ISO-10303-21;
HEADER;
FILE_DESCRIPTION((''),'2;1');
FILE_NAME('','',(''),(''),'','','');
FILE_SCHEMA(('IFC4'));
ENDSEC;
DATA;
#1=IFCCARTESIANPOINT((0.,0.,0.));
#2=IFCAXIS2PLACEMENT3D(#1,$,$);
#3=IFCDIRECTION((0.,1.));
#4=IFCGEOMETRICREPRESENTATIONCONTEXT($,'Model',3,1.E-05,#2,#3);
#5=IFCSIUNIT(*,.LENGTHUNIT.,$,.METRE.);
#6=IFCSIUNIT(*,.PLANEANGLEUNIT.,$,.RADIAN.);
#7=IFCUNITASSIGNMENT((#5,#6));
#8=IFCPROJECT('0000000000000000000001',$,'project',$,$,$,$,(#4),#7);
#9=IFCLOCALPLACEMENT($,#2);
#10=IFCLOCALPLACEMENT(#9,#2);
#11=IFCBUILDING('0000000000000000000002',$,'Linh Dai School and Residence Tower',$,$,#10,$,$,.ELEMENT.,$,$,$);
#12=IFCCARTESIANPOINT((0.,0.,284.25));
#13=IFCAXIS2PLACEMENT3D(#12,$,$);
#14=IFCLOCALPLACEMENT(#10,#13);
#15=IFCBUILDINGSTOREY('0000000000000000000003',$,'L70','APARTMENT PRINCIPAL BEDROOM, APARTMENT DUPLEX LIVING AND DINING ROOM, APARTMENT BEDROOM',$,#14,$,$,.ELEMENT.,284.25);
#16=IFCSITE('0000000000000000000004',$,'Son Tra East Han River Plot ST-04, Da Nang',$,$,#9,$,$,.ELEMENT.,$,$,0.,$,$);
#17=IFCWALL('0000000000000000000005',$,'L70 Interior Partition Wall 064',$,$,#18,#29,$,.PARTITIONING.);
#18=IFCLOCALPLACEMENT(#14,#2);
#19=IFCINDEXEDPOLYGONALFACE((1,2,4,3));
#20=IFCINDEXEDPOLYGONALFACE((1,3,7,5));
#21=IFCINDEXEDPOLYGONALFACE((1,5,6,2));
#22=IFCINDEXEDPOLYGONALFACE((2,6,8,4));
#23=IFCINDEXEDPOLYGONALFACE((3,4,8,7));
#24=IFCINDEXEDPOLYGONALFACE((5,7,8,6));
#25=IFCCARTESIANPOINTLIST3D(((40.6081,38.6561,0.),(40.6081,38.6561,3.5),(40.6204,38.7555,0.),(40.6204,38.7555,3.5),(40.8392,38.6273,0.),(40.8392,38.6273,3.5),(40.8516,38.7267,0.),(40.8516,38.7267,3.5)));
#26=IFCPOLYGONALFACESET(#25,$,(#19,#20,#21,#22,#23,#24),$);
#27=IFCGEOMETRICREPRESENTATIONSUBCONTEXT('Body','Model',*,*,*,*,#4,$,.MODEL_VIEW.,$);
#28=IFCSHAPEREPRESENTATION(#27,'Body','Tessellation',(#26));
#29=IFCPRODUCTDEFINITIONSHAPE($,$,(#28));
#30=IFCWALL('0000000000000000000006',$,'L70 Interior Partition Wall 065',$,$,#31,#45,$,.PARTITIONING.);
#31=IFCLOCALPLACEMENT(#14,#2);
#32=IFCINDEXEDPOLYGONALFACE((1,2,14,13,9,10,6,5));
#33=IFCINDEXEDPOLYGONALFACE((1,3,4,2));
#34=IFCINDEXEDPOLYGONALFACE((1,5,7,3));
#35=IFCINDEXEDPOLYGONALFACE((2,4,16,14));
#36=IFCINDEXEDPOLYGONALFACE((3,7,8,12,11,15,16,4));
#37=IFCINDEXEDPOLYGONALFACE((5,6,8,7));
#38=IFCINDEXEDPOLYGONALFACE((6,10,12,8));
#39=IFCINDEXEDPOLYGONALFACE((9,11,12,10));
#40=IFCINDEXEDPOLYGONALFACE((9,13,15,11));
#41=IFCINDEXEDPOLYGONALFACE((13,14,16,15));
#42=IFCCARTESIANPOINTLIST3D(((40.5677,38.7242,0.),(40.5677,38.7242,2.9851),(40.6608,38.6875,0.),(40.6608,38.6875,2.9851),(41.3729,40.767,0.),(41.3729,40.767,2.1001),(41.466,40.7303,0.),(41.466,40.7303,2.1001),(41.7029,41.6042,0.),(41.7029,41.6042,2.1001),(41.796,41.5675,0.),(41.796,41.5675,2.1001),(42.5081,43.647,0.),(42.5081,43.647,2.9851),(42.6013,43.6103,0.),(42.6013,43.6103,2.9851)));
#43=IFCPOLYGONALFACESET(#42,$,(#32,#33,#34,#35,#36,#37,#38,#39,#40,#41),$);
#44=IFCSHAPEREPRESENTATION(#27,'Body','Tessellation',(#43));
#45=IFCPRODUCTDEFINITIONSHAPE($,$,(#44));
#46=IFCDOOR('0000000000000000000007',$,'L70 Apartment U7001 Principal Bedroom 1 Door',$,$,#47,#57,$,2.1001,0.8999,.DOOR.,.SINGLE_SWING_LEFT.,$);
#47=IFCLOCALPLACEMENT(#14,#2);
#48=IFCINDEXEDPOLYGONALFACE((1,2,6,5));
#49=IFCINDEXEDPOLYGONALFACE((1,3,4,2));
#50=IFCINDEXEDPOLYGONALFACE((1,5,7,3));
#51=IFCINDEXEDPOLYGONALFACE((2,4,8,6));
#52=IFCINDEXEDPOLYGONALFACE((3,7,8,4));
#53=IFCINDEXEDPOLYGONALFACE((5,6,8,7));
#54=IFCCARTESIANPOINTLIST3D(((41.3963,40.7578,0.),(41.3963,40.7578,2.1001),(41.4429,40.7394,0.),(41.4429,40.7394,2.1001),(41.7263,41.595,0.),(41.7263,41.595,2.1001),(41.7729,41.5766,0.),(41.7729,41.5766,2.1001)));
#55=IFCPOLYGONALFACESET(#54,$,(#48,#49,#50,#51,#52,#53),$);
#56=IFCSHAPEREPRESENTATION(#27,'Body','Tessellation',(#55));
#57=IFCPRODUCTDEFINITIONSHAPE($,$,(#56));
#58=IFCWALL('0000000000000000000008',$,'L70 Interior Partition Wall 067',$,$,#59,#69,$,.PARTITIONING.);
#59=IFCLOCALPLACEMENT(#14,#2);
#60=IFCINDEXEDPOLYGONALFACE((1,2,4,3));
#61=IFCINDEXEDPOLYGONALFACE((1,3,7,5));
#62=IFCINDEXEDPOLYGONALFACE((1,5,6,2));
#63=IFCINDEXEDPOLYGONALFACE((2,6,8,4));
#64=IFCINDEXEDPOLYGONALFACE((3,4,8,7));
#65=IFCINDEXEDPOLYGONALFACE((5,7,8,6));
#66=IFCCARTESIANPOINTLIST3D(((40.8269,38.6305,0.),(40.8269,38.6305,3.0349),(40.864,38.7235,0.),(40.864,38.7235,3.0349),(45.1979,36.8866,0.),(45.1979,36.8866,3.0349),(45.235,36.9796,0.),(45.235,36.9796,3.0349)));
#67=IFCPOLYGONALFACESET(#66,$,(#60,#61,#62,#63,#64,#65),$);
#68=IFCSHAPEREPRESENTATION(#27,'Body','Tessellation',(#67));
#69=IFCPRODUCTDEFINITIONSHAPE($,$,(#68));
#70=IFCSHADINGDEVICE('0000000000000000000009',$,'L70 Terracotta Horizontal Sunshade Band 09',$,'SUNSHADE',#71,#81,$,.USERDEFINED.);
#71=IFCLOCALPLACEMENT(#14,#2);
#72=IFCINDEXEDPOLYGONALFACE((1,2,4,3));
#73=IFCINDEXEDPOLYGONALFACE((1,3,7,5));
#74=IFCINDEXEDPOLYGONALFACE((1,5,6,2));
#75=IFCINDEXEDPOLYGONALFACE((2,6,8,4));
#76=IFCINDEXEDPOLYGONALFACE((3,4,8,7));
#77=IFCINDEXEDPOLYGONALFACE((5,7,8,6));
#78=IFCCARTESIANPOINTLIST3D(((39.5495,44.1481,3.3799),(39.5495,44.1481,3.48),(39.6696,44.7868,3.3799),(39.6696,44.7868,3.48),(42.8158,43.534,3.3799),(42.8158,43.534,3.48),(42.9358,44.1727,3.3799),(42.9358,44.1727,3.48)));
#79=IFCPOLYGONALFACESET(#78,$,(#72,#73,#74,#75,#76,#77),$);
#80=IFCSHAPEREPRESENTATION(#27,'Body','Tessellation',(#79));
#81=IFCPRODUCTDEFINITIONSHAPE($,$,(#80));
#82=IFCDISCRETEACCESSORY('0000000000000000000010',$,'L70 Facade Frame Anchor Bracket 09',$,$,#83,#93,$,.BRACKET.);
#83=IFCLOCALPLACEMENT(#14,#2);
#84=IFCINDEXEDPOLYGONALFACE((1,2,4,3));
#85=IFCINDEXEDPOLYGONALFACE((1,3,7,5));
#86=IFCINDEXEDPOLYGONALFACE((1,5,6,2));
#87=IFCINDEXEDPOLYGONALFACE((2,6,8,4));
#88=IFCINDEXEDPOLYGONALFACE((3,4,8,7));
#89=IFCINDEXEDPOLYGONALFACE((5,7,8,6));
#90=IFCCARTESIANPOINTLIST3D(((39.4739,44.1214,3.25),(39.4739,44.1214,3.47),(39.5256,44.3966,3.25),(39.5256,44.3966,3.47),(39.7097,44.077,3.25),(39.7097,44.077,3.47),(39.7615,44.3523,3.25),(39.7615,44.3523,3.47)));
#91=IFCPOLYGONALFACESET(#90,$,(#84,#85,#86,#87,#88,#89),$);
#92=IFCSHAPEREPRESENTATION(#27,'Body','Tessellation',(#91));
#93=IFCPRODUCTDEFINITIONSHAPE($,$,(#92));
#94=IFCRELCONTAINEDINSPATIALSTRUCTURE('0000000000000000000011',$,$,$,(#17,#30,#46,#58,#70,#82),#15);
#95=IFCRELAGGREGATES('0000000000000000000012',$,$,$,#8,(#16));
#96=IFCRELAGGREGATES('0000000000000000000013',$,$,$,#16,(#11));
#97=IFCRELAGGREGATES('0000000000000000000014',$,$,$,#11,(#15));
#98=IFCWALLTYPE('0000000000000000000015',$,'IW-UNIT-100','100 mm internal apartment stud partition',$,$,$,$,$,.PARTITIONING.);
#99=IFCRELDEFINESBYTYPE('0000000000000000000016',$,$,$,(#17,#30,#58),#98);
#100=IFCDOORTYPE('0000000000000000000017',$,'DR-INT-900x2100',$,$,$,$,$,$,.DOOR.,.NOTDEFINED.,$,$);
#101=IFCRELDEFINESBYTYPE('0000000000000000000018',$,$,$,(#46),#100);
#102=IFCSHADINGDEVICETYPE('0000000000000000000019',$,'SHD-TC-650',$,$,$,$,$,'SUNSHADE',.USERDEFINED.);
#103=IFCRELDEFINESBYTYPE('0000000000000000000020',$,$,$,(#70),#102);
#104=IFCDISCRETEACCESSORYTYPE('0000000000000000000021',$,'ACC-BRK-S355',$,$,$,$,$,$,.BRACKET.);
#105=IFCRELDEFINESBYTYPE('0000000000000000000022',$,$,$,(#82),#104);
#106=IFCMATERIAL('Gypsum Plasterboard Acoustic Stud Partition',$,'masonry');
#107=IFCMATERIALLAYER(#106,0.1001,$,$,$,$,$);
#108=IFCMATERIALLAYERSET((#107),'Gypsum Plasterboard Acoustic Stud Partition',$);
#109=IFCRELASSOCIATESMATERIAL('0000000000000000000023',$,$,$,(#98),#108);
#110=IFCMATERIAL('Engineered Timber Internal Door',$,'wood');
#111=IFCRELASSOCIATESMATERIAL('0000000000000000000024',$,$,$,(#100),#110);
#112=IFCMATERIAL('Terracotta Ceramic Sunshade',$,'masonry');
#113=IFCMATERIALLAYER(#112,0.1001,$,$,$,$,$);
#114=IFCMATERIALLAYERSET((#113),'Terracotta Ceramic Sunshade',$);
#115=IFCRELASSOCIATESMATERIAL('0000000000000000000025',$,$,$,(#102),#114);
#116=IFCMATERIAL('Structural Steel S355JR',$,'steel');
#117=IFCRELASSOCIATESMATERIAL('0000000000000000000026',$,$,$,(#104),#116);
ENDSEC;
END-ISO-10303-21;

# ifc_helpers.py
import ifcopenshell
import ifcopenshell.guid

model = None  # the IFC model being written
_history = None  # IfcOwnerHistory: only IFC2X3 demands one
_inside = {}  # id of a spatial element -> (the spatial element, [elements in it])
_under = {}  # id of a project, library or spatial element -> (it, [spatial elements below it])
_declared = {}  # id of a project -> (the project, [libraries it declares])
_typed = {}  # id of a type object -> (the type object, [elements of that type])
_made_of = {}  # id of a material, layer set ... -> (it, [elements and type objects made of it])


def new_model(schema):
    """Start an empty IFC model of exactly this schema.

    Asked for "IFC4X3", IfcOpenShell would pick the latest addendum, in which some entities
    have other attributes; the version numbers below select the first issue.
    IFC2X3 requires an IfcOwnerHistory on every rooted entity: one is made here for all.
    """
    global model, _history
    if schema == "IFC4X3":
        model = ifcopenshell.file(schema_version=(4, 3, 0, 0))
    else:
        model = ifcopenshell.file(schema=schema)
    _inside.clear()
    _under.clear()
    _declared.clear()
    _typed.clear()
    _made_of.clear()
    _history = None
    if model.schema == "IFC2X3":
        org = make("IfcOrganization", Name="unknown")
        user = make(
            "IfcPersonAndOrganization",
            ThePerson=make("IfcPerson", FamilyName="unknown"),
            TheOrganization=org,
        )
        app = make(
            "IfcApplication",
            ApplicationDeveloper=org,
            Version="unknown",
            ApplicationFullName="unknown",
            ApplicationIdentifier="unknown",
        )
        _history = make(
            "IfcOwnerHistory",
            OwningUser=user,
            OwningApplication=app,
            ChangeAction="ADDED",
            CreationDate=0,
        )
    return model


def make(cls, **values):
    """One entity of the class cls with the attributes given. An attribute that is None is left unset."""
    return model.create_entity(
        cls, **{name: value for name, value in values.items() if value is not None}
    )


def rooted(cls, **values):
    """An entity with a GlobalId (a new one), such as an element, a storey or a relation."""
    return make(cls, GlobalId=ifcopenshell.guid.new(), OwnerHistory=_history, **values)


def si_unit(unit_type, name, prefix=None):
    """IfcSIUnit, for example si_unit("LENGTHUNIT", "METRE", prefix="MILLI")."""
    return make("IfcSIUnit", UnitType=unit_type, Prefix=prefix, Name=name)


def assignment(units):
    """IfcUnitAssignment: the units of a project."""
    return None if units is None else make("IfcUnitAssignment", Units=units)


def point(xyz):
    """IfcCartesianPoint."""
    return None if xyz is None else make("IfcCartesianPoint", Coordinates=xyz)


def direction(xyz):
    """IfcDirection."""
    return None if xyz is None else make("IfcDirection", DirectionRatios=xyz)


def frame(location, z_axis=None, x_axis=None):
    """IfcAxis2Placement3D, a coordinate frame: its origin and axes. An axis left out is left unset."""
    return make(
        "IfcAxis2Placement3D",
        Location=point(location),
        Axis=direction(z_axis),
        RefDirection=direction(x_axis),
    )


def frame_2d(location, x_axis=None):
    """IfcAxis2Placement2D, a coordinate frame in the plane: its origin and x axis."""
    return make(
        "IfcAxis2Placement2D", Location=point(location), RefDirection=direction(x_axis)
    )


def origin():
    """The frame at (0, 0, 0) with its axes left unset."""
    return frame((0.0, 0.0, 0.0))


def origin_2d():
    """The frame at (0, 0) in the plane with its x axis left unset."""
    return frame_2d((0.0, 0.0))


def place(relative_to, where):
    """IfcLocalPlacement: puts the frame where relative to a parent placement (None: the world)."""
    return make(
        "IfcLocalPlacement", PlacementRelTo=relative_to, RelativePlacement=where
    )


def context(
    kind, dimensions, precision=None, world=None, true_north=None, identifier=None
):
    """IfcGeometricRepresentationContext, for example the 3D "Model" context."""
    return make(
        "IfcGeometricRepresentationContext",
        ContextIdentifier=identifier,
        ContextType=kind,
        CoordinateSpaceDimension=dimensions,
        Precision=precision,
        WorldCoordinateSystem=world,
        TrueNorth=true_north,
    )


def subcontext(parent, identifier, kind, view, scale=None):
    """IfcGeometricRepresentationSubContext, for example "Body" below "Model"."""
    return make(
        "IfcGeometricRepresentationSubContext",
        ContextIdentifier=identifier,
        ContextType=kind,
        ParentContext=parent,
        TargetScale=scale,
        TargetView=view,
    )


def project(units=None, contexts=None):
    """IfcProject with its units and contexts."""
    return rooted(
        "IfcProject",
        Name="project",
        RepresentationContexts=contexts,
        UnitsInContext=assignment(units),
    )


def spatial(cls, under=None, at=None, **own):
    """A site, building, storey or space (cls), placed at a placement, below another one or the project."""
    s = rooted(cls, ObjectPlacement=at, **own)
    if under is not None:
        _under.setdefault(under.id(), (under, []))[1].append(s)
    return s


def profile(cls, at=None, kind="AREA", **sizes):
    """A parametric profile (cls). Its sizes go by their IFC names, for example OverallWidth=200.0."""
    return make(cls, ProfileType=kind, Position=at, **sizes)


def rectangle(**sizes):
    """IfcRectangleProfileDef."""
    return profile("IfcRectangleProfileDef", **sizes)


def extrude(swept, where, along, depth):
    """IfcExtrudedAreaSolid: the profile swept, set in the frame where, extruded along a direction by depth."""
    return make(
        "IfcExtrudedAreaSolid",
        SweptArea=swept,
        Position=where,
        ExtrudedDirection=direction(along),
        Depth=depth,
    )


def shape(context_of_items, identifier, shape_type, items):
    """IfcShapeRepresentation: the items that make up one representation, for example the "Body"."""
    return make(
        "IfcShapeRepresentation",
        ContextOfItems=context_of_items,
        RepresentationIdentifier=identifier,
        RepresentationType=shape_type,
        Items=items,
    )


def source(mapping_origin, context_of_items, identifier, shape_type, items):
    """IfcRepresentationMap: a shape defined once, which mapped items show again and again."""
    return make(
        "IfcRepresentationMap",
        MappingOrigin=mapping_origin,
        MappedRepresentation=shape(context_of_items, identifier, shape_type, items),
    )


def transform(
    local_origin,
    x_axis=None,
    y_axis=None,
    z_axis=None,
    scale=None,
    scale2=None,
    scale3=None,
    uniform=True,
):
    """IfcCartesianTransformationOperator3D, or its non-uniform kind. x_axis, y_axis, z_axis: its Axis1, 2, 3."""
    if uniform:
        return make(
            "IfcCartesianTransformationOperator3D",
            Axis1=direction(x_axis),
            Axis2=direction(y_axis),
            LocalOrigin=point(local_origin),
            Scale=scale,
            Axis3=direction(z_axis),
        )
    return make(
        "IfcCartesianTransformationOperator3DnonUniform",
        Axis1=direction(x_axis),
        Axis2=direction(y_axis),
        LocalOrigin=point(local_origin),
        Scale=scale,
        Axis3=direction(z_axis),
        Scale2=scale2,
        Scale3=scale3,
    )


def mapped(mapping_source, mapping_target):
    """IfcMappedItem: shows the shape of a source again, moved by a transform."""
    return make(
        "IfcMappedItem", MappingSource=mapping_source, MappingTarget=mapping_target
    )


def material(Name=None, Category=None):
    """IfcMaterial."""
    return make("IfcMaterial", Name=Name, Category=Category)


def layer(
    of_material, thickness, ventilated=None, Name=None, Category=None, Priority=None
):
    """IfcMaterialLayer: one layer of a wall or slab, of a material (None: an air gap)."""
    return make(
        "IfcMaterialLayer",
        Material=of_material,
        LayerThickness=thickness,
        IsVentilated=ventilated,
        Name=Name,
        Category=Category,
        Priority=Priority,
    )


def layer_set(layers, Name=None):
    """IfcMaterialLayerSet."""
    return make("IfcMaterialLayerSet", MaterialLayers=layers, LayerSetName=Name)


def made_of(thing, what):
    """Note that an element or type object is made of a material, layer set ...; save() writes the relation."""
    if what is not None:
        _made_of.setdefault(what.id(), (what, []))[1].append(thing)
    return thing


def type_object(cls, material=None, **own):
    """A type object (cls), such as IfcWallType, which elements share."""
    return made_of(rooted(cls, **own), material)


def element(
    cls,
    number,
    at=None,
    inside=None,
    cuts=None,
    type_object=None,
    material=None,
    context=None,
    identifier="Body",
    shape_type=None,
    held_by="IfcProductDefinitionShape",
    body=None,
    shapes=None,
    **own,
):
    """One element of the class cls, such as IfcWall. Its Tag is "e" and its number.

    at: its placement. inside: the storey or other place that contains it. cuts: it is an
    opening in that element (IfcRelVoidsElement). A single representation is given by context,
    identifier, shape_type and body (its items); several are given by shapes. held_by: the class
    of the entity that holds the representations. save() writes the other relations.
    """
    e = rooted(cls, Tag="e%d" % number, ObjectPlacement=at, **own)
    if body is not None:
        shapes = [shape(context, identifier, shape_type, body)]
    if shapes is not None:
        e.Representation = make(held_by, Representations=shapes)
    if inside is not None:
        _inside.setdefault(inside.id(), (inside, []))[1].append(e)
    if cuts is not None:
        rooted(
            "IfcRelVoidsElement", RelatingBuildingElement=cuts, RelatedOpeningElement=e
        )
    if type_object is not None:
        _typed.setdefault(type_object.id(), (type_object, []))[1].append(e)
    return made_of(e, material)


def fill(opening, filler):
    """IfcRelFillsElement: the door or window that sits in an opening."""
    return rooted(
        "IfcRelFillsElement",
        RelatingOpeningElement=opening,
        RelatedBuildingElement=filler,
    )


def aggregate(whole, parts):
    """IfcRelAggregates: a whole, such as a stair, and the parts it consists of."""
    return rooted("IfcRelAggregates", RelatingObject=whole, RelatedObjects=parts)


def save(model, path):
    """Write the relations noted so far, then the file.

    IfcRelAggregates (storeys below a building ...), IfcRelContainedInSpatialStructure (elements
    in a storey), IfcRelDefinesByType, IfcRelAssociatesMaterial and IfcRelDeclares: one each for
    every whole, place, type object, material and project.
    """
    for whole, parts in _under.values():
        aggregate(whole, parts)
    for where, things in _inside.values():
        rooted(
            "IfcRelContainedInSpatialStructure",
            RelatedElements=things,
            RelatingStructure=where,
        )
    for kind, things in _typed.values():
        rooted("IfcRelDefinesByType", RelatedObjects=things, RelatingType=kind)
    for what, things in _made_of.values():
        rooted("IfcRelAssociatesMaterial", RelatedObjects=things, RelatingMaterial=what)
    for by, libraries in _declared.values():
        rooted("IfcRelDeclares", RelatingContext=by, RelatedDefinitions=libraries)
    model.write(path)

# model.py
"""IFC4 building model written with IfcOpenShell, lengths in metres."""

from ifc_helpers import new_model, si_unit, direction, frame, frame_2d, origin, origin_2d, place, context, subcontext, project, spatial, rectangle, extrude, source, transform, mapped, material, layer, layer_set, type_object, element, fill, save


model = new_model("IFC4")

# Units and contexts
model_context = context("Model", 3, precision=1e-05, world=origin(), true_north=direction((0.0, 1.0)))
body_context = subcontext(model_context, "Body", "Model", "MODEL_VIEW")
ifc_project = project(units=[si_unit("LENGTHUNIT", "METRE"), si_unit("PLANEANGLEUNIT", "RADIAN")], contexts=[model_context])

# Site, building, storey
site_placement = place(None, origin())
site = spatial("IfcSite", under=ifc_project, at=site_placement, Name="Son Tra East Han River Plot ST-04, Da Nang", CompositionType="ELEMENT", RefElevation=0.0)
building_placement = place(site_placement, origin())
building = spatial("IfcBuilding", under=site, at=building_placement, Name="Linh Dai School and Residence Tower", CompositionType="ELEMENT")
storey_placement = place(building_placement, frame((0.0, 0.0, 284.25)))
storey = spatial("IfcBuildingStorey", under=building, at=storey_placement, Name="L70", Description="APARTMENT PRINCIPAL BEDROOM, APARTMENT DUPLEX LIVING AND DINING ROOM, APARTMENT BEDROOM", CompositionType="ELEMENT", Elevation=284.25)

# Shared definitions
ifc_material_1 = material(Name="Structural Steel S355JR", Category="steel")

# Wall
ifc_material_2 = material(Name="Gypsum Plasterboard Acoustic Stud Partition", Category="masonry")
ifc_layer_1 = layer(ifc_material_2, 0.1001)
ifc_layer_set_1 = layer_set([ifc_layer_1], Name="Gypsum Plasterboard Acoustic Stud Partition")
wall_type_1 = type_object("IfcWallType", Name="IW-UNIT-100", Description="100 mm internal apartment stud partition", PredefinedType="PARTITIONING", material=ifc_layer_set_1)
wall_1_placement = place(storey_placement, frame((40.6143, 38.7058, 0.0), z_axis=(0.0, 0.0, 1.0), x_axis=(0.992326, -0.123648, 0.0)))
element("IfcWall", 1, at=wall_1_placement, inside=storey, type_object=wall_type_1, Name="L70 Interior Partition Wall 064", PredefinedType="PARTITIONING", context=body_context, shape_type="SweptSolid", body=[
    extrude(rectangle(XDim=0.2329, YDim=0.1001, at=frame_2d((0.1165, 0.0))), origin(), (0.0, 0.0, 1.0), 3.5),
])

# Wall, opening, door
wall_2_placement = place(storey_placement, frame((40.6143, 38.7058, 0.0), z_axis=(0.0, 0.0, 1.0), x_axis=(0.366708, 0.930336, 0.0)))
wall_2 = element("IfcWall", 2, at=wall_2_placement, inside=storey, type_object=wall_type_1, Name="L70 Interior Partition Wall 065", PredefinedType="PARTITIONING", context=body_context, shape_type="SweptSolid", body=[
    extrude(rectangle(XDim=5.2915, YDim=0.1001, at=frame_2d((2.6458, 0.0))), origin(), (0.0, 0.0, 1.0), 2.9851),
])
opening_1_placement = place(wall_2_placement, frame((2.1958, 0.0, 0.0)))
opening_1 = element("IfcOpeningElement", 3, at=opening_1_placement, cuts=wall_2, PredefinedType="OPENING", context=body_context, shape_type="SweptSolid", body=[
    extrude(rectangle(XDim=0.8999, YDim=2.1001, at=origin_2d()), frame((0.45, 0.0601, 1.05), z_axis=(0.0, -1.0, 0.0), x_axis=(1.0, 0.0, 0.0)), (0.0, 0.0, 1.0), 0.1201),
])
ifc_material_3 = material(Name="Engineered Timber Internal Door", Category="wood")
door_type_1 = type_object("IfcDoorType", Name="DR-INT-900x2100", OperationType="NOTDEFINED", PredefinedType="DOOR", material=ifc_material_3)
shared_shape_1 = source(origin(), body_context, "Body", "SweptSolid", [
    extrude(rectangle(XDim=0.8999, YDim=2.1001, at=origin_2d()), frame((0.45, 0.0249, 1.05), z_axis=(0.0, -1.0, 0.0), x_axis=(1.0, 0.0, 0.0)), (0.0, 0.0, 1.0), 0.05),
])
door_1_placement = place(opening_1_placement, origin())
door_1 = element("IfcDoor", 4, at=door_1_placement, inside=storey, type_object=door_type_1, Name="L70 Apartment U7001 Principal Bedroom 1 Door", OperationType="SINGLE_SWING_LEFT", OverallHeight=2.1001, OverallWidth=0.8999, PredefinedType="DOOR", context=body_context, shape_type="MappedRepresentation", body=[
    mapped(shared_shape_1, transform((0.0, 0.0, 0.0), x_axis=(1.0, 0.0, 0.0), y_axis=(0.0, 1.0, 0.0), z_axis=(0.0, 0.0, 1.0), scale=1.0)),
])
fill(opening_1, door_1)

# Wall
wall_3_placement = place(storey_placement, frame((40.8455, 38.677, 0.0), z_axis=(0.0, 0.0, 1.0), x_axis=(0.928809, -0.370559, 0.0)))
element("IfcWall", 5, at=wall_3_placement, inside=storey, type_object=wall_type_1, Name="L70 Interior Partition Wall 067", PredefinedType="PARTITIONING", context=body_context, shape_type="SweptSolid", body=[
    extrude(rectangle(XDim=4.7061, YDim=0.1001, at=frame_2d((2.353, 0.0))), origin(), (0.0, 0.0, 1.0), 3.0349),
])

# Shading device
ifc_material_4 = material(Name="Terracotta Ceramic Sunshade", Category="masonry")
ifc_layer_2 = layer(ifc_material_4, 0.1001)
ifc_layer_set_2 = layer_set([ifc_layer_2], Name="Terracotta Ceramic Sunshade")
shading_device_type = type_object("IfcShadingDeviceType", Name="SHD-TC-650", ElementType="SUNSHADE", PredefinedType="USERDEFINED", material=ifc_layer_set_2)
shared_shape_2 = source(origin(), body_context, "Body", "SweptSolid", [
    extrude(rectangle(XDim=3.3235, YDim=0.6499, at=origin_2d()), origin(), (0.0, 0.0, 1.0), 0.1001),
])
shading_device_placement = place(storey_placement, frame((41.2427, 44.1604, 3.3799), z_axis=(0.0, 0.0, 1.0), x_axis=(0.982785, -0.184751, 0.0)))
element("IfcShadingDevice", 6, at=shading_device_placement, inside=storey, type_object=shading_device_type, Name="L70 Terracotta Horizontal Sunshade Band 09", ObjectType="SUNSHADE", PredefinedType="USERDEFINED", context=body_context, shape_type="MappedRepresentation", body=[
    mapped(shared_shape_2, transform((0.0, 0.0, 0.0), x_axis=(1.0, 0.0, 0.0), y_axis=(0.0, 1.0, 0.0), z_axis=(0.0, 0.0, 1.0), scale=1.0)),
])

# Discrete accessory
discrete_accessory_type = type_object("IfcDiscreteAccessoryType", Name="ACC-BRK-S355", PredefinedType="BRACKET", material=ifc_material_1)
shared_shape_3 = source(origin(), body_context, "Body", "SweptSolid", [
    extrude(rectangle(XDim=0.28, YDim=0.24, at=origin_2d()), origin(), (0.0, 0.0, 1.0), 0.22),
])
discrete_accessory_placement = place(storey_placement, frame((39.6177, 44.2368, 3.25), z_axis=(0.0, 0.0, 1.0), x_axis=(0.184751, 0.982785, 0.0)))
element("IfcDiscreteAccessory", 7, at=discrete_accessory_placement, inside=storey, type_object=discrete_accessory_type, Name="L70 Facade Frame Anchor Bracket 09", PredefinedType="BRACKET", context=body_context, shape_type="MappedRepresentation", body=[
    mapped(shared_shape_3, transform((0.0, 0.0, 0.0), x_axis=(1.0, 0.0, 0.0), y_axis=(0.0, 1.0, 0.0), z_axis=(0.0, 0.0, 1.0), scale=1.0)),
])

save(model, "model.ifc")
